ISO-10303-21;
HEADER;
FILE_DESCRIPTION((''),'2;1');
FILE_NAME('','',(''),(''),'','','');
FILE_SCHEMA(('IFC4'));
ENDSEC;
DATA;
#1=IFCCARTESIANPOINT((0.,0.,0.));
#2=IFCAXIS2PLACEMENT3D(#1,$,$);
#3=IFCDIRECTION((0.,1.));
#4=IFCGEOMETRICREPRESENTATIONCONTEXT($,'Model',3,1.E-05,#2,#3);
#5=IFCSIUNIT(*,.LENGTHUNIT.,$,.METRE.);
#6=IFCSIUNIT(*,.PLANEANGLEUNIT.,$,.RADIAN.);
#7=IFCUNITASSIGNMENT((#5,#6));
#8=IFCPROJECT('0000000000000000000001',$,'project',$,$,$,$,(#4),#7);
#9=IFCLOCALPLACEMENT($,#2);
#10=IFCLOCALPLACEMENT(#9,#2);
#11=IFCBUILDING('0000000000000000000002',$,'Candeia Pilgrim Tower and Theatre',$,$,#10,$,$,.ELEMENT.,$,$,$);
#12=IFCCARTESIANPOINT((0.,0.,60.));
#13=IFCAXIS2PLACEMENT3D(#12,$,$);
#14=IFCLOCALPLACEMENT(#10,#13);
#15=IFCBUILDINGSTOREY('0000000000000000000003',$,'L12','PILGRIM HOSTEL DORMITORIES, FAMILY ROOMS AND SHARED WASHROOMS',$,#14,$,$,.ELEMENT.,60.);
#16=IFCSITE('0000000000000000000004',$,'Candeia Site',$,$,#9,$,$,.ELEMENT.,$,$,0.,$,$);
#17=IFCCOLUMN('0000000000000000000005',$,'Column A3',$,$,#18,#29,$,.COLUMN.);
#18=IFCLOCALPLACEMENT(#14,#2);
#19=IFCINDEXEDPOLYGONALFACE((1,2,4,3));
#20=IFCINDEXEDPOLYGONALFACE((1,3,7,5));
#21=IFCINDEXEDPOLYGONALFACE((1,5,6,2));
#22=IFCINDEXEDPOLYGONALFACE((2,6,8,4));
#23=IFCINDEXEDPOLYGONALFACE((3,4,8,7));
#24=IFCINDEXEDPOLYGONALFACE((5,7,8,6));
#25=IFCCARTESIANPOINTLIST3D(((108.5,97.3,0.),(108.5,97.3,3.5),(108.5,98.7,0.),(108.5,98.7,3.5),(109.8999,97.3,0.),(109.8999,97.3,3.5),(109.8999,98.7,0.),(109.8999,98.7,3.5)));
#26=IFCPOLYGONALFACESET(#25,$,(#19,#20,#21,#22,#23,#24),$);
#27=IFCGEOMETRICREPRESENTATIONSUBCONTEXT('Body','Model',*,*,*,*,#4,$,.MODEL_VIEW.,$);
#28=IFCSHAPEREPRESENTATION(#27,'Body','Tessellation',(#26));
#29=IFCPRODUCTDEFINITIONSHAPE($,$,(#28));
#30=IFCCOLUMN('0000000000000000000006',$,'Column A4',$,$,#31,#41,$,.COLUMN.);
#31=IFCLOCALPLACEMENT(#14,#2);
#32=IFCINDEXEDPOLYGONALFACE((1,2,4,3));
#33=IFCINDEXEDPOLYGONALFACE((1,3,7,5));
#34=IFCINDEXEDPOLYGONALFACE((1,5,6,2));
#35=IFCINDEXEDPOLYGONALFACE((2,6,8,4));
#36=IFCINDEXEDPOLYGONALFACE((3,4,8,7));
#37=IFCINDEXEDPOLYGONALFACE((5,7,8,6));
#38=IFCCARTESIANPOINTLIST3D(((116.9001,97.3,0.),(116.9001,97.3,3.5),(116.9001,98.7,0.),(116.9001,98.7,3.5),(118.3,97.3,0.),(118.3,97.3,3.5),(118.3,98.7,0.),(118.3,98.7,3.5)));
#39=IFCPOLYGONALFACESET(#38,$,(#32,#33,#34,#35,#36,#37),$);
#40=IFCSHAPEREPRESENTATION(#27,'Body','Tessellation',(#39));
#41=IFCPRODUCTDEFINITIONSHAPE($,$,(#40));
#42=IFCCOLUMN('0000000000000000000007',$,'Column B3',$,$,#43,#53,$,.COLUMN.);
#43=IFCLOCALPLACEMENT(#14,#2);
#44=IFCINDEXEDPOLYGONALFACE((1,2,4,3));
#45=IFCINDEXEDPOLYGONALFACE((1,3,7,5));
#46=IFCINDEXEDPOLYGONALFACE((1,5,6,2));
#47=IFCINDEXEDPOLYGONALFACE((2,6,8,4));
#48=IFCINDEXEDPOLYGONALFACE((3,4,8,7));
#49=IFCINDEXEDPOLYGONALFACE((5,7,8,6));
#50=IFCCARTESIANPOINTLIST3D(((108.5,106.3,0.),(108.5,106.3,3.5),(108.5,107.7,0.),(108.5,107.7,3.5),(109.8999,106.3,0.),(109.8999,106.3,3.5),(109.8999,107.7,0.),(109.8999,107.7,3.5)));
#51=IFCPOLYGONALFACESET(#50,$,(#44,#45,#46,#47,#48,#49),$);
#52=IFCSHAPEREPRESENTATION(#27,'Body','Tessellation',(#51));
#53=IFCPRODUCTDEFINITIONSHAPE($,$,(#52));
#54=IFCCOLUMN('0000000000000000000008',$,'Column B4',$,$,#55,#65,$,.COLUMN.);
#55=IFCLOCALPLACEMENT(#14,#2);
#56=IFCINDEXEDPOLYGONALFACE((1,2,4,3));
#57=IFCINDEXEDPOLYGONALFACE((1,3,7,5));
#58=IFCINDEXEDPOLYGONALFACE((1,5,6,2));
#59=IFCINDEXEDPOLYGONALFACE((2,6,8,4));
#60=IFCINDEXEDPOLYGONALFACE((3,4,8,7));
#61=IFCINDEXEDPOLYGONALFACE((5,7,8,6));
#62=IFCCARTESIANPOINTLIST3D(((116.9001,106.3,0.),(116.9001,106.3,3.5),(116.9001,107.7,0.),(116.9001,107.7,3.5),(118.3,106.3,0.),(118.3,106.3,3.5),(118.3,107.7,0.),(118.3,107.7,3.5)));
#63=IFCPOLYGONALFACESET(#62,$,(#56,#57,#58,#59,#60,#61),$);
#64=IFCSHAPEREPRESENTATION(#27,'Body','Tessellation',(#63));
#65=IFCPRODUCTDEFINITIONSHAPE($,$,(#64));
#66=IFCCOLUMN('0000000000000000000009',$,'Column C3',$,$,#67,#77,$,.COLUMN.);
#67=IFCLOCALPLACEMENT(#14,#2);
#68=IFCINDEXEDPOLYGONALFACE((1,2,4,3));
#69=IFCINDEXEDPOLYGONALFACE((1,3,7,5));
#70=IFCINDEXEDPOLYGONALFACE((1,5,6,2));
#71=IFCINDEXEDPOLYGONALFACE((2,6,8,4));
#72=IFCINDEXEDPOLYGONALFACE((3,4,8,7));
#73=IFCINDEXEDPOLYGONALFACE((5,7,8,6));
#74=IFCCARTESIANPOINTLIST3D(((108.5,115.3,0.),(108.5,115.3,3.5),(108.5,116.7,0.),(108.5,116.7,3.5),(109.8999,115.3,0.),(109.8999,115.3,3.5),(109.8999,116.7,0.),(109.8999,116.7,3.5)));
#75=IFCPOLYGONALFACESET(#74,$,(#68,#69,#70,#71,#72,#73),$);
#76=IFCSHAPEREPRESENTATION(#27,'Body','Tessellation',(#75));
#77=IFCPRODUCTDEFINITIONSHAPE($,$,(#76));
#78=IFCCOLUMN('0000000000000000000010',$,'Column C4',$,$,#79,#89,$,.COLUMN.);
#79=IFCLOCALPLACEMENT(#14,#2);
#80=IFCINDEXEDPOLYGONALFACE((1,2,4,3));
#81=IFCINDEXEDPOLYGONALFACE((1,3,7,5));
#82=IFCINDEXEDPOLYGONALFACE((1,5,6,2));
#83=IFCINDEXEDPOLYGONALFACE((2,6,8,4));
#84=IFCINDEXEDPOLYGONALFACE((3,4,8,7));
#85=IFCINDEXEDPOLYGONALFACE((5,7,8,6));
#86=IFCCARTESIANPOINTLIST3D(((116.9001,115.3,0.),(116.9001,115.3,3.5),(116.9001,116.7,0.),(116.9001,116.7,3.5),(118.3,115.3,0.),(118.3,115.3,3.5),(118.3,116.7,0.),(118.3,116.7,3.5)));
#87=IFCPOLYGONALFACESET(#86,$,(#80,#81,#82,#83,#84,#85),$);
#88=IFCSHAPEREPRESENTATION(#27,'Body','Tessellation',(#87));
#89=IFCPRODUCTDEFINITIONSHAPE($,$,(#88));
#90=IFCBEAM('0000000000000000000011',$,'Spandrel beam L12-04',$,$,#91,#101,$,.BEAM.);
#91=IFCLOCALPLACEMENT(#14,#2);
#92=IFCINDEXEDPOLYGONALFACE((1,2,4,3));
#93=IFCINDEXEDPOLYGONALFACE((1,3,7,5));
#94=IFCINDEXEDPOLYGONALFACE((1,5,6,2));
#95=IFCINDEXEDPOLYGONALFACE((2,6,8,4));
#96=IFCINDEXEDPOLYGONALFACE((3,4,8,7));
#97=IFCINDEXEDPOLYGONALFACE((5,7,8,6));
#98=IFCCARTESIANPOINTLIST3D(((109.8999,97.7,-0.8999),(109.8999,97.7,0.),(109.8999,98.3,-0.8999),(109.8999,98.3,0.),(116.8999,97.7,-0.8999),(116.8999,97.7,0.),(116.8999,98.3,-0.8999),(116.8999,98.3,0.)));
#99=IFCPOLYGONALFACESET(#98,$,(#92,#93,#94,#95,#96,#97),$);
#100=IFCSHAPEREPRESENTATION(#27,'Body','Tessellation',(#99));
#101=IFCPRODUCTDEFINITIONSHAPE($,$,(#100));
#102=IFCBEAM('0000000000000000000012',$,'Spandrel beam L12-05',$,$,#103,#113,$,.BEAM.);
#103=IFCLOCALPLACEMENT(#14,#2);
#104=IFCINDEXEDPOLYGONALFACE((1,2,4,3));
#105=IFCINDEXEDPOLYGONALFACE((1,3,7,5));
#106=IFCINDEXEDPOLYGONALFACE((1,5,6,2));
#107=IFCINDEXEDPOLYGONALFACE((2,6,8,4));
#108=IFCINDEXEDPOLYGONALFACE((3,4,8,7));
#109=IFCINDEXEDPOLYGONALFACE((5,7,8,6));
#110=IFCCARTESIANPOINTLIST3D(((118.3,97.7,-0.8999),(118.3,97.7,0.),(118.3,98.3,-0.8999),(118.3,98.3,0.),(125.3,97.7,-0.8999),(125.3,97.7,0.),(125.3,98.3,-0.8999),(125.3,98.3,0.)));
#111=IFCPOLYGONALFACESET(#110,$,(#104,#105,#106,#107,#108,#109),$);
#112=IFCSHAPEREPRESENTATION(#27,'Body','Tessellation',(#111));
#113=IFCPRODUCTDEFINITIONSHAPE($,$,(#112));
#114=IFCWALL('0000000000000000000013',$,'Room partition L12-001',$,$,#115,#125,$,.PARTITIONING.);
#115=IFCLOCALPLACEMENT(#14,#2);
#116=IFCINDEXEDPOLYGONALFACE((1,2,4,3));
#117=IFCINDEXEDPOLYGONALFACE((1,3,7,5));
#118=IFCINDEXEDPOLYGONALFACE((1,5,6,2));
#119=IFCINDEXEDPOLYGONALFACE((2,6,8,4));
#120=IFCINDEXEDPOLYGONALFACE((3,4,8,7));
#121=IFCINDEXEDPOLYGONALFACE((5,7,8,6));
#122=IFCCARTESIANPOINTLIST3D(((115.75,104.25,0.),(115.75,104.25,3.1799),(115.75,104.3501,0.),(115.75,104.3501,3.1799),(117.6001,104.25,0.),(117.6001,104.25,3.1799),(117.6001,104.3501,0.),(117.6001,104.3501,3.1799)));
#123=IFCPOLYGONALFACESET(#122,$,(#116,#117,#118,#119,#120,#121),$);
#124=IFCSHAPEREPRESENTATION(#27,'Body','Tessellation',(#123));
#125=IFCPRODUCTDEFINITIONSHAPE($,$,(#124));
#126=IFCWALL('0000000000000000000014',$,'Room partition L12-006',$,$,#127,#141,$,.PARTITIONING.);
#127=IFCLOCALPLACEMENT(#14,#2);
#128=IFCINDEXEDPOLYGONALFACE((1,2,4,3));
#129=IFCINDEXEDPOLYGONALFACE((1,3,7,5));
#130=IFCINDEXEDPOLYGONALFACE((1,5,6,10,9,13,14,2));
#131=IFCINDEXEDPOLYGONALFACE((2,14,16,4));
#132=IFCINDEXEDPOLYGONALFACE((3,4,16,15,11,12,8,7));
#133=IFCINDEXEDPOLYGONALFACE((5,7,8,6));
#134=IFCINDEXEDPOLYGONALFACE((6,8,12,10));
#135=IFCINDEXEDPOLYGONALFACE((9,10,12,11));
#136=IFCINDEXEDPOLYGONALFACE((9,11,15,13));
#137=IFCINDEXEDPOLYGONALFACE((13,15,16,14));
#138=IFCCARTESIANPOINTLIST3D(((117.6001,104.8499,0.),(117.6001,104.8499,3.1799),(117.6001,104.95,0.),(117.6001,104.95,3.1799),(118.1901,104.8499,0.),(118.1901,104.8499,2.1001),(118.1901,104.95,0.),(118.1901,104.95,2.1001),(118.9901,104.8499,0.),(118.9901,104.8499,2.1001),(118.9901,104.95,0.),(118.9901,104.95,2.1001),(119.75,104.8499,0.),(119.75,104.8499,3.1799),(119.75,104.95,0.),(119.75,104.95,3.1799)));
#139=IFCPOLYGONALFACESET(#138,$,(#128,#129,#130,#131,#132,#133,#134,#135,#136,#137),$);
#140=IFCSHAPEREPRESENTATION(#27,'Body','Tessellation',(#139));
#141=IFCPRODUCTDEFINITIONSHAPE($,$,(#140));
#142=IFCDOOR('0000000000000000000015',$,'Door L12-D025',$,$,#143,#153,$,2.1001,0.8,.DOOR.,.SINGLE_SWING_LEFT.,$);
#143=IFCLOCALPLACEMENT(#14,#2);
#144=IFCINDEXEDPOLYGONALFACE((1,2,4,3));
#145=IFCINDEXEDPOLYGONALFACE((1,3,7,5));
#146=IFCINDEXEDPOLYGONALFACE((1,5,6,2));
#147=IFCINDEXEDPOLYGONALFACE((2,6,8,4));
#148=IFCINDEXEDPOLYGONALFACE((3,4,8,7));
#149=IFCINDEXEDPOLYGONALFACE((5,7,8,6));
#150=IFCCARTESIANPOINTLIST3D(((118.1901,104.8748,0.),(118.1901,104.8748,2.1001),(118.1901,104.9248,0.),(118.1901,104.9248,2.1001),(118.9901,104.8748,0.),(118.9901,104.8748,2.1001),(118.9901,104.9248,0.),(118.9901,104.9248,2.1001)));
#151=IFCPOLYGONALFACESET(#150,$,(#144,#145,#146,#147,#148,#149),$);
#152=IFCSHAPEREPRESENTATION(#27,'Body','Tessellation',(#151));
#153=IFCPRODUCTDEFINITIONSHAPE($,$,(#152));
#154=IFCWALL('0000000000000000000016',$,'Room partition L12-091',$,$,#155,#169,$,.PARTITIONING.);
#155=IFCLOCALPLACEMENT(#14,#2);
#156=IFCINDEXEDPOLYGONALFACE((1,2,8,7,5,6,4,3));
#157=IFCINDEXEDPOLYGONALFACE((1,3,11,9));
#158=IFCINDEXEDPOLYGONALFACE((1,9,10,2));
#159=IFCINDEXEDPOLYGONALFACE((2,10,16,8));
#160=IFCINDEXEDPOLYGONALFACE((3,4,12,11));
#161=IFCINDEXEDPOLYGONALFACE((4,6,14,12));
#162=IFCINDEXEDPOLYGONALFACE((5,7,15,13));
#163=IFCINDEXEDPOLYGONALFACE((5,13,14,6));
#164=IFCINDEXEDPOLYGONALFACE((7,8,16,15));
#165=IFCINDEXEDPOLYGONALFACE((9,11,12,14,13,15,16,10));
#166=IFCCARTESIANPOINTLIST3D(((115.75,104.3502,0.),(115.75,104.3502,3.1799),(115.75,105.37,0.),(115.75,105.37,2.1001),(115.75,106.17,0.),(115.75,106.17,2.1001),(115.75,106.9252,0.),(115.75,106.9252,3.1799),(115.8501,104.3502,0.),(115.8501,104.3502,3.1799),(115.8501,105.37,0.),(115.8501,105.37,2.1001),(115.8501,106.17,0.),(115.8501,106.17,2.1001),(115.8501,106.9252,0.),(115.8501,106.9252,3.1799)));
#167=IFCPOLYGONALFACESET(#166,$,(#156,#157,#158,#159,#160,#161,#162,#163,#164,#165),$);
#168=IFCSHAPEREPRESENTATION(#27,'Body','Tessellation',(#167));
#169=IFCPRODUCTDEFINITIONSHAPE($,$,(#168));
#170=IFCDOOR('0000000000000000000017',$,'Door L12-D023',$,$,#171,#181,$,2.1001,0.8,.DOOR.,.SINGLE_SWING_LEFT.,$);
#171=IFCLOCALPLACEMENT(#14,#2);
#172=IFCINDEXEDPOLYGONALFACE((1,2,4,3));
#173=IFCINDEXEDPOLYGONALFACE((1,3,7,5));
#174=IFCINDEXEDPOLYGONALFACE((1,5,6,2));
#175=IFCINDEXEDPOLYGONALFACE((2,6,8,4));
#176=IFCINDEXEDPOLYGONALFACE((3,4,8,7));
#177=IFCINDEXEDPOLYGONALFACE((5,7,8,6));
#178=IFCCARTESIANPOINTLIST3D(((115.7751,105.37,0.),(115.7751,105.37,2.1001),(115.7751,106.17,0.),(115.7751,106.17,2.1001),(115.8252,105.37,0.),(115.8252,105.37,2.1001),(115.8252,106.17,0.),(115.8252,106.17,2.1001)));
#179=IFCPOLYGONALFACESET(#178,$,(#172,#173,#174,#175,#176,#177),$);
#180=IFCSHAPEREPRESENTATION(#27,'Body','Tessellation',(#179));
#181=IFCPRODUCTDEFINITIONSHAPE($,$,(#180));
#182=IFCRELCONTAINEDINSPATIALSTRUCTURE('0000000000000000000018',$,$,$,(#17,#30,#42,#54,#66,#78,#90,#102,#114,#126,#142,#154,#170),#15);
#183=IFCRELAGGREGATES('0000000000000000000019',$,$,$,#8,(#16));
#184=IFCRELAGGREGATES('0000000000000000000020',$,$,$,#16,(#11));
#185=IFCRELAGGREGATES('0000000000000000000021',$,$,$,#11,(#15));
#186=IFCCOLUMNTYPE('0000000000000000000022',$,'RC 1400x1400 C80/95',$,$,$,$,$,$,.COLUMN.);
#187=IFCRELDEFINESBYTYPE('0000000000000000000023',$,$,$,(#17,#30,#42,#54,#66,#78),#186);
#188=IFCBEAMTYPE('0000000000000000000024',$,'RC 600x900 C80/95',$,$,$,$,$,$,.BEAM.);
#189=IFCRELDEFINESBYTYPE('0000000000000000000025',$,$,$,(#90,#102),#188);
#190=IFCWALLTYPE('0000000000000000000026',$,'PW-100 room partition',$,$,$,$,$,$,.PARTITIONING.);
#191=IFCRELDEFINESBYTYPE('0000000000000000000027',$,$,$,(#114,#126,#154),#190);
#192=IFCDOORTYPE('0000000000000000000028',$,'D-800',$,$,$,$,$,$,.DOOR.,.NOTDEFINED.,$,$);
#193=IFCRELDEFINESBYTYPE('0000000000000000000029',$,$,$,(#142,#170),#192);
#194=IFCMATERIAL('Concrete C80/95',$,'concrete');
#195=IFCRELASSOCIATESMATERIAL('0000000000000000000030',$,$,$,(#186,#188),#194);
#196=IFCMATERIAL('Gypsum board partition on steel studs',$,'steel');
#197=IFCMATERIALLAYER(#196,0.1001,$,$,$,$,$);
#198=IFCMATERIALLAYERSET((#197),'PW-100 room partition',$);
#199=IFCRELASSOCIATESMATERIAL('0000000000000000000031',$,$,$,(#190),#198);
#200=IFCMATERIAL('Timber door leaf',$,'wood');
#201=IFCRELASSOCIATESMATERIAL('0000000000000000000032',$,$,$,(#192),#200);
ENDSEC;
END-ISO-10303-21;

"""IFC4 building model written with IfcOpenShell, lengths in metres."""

from ifc_helpers import new_model, si_unit, direction, frame, frame_2d, origin, origin_2d, place, context, subcontext, project, spatial, rectangle, extrude, material, layer, layer_set, material_profile, profile_set, type_object, element, fill, save


model = new_model("IFC4")

# Units and contexts
model_context = context("Model", 3, precision=1e-05, world=origin(), true_north=direction((0.0, 1.0)))
body_context = subcontext(model_context, "Body", "Model", "MODEL_VIEW")
ifc_project = project(units=[si_unit("LENGTHUNIT", "METRE"), si_unit("PLANEANGLEUNIT", "RADIAN")], contexts=[model_context])

# Site, building, storey
site_placement = place(None, origin())
site = spatial("IfcSite", under=ifc_project, at=site_placement, Name="Candeia Site", CompositionType="ELEMENT", RefElevation=0.0)
building_placement = place(site_placement, origin())
building = spatial("IfcBuilding", under=site, at=building_placement, Name="Candeia Pilgrim Tower and Theatre", CompositionType="ELEMENT")
storey_placement = place(building_placement, frame((0.0, 0.0, 60.0)))
storey = spatial("IfcBuildingStorey", under=building, at=storey_placement, Name="L12", Description="PILGRIM HOSTEL DORMITORIES, FAMILY ROOMS AND SHARED WASHROOMS", CompositionType="ELEMENT", Elevation=60.0)

# Columns
ifc_material_1 = material(Name="Concrete C80/95", Category="concrete")
ifc_material_profile_1 = material_profile(ifc_material_1, rectangle(XDim=1.3999, YDim=1.3999, at=origin_2d()))
ifc_profile_set_1 = profile_set([ifc_material_profile_1], Name="Concrete C80/95")
column_type = type_object("IfcColumnType", Name="RC 1400x1400 C80/95", PredefinedType="COLUMN", material=ifc_profile_set_1)
for number, where, z_axis, x_axis, name in (
    (1, (109.2, 98.0, 0.0), (0.0, 0.0, 1.0), (1.0, 0.0, 0.0), "Column A3"),
    (2, (117.6001, 98.0, 0.0), (0.0, 0.0, 1.0), (1.0, 0.0, 0.0), "Column A4"),
    (3, (109.2, 107.0, 0.0), (0.0, 0.0, 1.0), (1.0, 0.0, 0.0), "Column B3"),
    (4, (117.6001, 107.0, 0.0), (0.0, 0.0, 1.0), (1.0, 0.0, 0.0), "Column B4"),
    (5, (109.2, 116.0, 0.0), (0.0, 0.0, 1.0), (1.0, 0.0, 0.0), "Column C3"),
    (6, (117.6001, 116.0, 0.0), (0.0, 0.0, 1.0), (1.0, 0.0, 0.0), "Column C4"),
):
    element("IfcColumn", number, at=place(storey_placement, frame(where, z_axis=z_axis, x_axis=x_axis)), inside=storey, type_object=column_type, Name=name, PredefinedType="COLUMN", context=body_context, shape_type="SweptSolid", body=[
        extrude(rectangle(XDim=1.3999, YDim=1.3999, at=origin_2d()), origin(), (0.0, 0.0, 1.0), 3.5),
    ])

# Beams
ifc_material_profile_2 = material_profile(ifc_material_1, rectangle(XDim=0.6001, YDim=0.8999, at=origin_2d()))
ifc_profile_set_2 = profile_set([ifc_material_profile_2], Name="Concrete C80/95")
beam_type = type_object("IfcBeamType", Name="RC 600x900 C80/95", PredefinedType="BEAM", material=ifc_profile_set_2)
for number, where, z_axis, x_axis, name in (
    (7, (109.8999, 98.0, -0.45), (1.0, 0.0, 0.0), (0.0, 1.0, 0.0), "Spandrel beam L12-04"),
    (8, (118.3, 98.0, -0.45), (1.0, 0.0, 0.0), (0.0, 1.0, 0.0), "Spandrel beam L12-05"),
):
    element("IfcBeam", number, at=place(storey_placement, frame(where, z_axis=z_axis, x_axis=x_axis)), inside=storey, type_object=beam_type, Name=name, PredefinedType="BEAM", context=body_context, shape_type="SweptSolid", body=[
        extrude(rectangle(XDim=0.6001, YDim=0.8999, at=origin_2d()), origin(), (0.0, 0.0, 1.0), 7.0),
    ])

# Wall
ifc_material_2 = material(Name="Gypsum board partition on steel studs", Category="steel")
ifc_layer_1 = layer(ifc_material_2, 0.1001)
ifc_layer_set_1 = layer_set([ifc_layer_1], Name="PW-100 room partition")
wall_type_1 = type_object("IfcWallType", Name="PW-100 room partition", PredefinedType="PARTITIONING", material=ifc_layer_set_1)
wall_1_placement = place(storey_placement, frame((115.75, 104.3, 0.0), z_axis=(0.0, 0.0, 1.0), x_axis=(1.0, 0.0, 0.0)))
element("IfcWall", 9, at=wall_1_placement, inside=storey, type_object=wall_type_1, Name="Room partition L12-001", PredefinedType="PARTITIONING", context=body_context, shape_type="SweptSolid", body=[
    extrude(rectangle(XDim=1.8501, YDim=0.1001, at=frame_2d((0.925, 0.0))), origin(), (0.0, 0.0, 1.0), 3.1799),
])

# Walls, openings, doors
wall_2_placement = place(storey_placement, frame((117.6001, 104.8999, 0.0), z_axis=(0.0, 0.0, 1.0), x_axis=(1.0, 0.0, 0.0)))
wall_2 = element("IfcWall", 10, at=wall_2_placement, inside=storey, type_object=wall_type_1, Name="Room partition L12-006", PredefinedType="PARTITIONING", context=body_context, shape_type="SweptSolid", body=[
    extrude(rectangle(XDim=2.1499, YDim=0.1001, at=frame_2d((1.075, 0.0))), origin(), (0.0, 0.0, 1.0), 3.1799),
])
opening_1_placement = place(wall_2_placement, frame((0.5901, 0.0, 0.0)))
opening_1 = element("IfcOpeningElement", 11, at=opening_1_placement, cuts=wall_2, PredefinedType="OPENING", context=body_context, shape_type="SweptSolid", body=[
    extrude(rectangle(XDim=0.8, YDim=2.1001, at=frame_2d((0.3999, 1.05))), frame((0.0, 0.0601, 0.0), z_axis=(0.0, -1.0, 0.0), x_axis=(1.0, 0.0, 0.0)), (0.0, 0.0, 1.0), 0.1201),
])
ifc_material_3 = material(Name="Timber door leaf", Category="wood")
door_type_1 = type_object("IfcDoorType", Name="D-800", OperationType="NOTDEFINED", PredefinedType="DOOR", material=ifc_material_3)
door_1_placement = place(opening_1_placement, origin())
door_1 = element("IfcDoor", 12, at=door_1_placement, inside=storey, type_object=door_type_1, Name="Door L12-D025", OperationType="SINGLE_SWING_LEFT", OverallHeight=2.1001, OverallWidth=0.8, PredefinedType="DOOR", context=body_context, shape_type="SweptSolid", body=[
    extrude(rectangle(XDim=0.8, YDim=2.1001, at=frame_2d((0.3999, 1.05))), frame((0.0, 0.0249, 0.0), z_axis=(0.0, -1.0, 0.0), x_axis=(1.0, 0.0, 0.0)), (0.0, 0.0, 1.0), 0.05),
])
fill(opening_1, door_1)
wall_3_placement = place(storey_placement, frame((115.8, 104.3501, 0.0), z_axis=(0.0, 0.0, 1.0), x_axis=(0.0, 1.0, 0.0)))
wall_3 = element("IfcWall", 13, at=wall_3_placement, inside=storey, type_object=wall_type_1, Name="Room partition L12-091", PredefinedType="PARTITIONING", context=body_context, shape_type="SweptSolid", body=[
    extrude(rectangle(XDim=2.575, YDim=0.1001, at=frame_2d((1.2876, 0.0))), origin(), (0.0, 0.0, 1.0), 3.1799),
])
opening_2_placement = place(wall_3_placement, frame((1.02, 0.0, 0.0)))
opening_2 = element("IfcOpeningElement", 14, at=opening_2_placement, cuts=wall_3, PredefinedType="OPENING", context=body_context, shape_type="SweptSolid", body=[
    extrude(rectangle(XDim=0.8, YDim=2.1001, at=frame_2d((0.3999, 1.05))), frame((0.0, 0.0601, 0.0), z_axis=(0.0, -1.0, 0.0), x_axis=(1.0, 0.0, 0.0)), (0.0, 0.0, 1.0), 0.1201),
])
door_2_placement = place(opening_2_placement, origin())
door_2 = element("IfcDoor", 15, at=door_2_placement, inside=storey, type_object=door_type_1, Name="Door L12-D023", OperationType="SINGLE_SWING_LEFT", OverallHeight=2.1001, OverallWidth=0.8, PredefinedType="DOOR", context=body_context, shape_type="SweptSolid", body=[
    extrude(rectangle(XDim=0.8, YDim=2.1001, at=frame_2d((0.3999, 1.05))), frame((0.0, 0.0249, 0.0), z_axis=(0.0, -1.0, 0.0), x_axis=(1.0, 0.0, 0.0)), (0.0, 0.0, 1.0), 0.05),
])
fill(opening_2, door_2)

save(model, "model.ifc")
